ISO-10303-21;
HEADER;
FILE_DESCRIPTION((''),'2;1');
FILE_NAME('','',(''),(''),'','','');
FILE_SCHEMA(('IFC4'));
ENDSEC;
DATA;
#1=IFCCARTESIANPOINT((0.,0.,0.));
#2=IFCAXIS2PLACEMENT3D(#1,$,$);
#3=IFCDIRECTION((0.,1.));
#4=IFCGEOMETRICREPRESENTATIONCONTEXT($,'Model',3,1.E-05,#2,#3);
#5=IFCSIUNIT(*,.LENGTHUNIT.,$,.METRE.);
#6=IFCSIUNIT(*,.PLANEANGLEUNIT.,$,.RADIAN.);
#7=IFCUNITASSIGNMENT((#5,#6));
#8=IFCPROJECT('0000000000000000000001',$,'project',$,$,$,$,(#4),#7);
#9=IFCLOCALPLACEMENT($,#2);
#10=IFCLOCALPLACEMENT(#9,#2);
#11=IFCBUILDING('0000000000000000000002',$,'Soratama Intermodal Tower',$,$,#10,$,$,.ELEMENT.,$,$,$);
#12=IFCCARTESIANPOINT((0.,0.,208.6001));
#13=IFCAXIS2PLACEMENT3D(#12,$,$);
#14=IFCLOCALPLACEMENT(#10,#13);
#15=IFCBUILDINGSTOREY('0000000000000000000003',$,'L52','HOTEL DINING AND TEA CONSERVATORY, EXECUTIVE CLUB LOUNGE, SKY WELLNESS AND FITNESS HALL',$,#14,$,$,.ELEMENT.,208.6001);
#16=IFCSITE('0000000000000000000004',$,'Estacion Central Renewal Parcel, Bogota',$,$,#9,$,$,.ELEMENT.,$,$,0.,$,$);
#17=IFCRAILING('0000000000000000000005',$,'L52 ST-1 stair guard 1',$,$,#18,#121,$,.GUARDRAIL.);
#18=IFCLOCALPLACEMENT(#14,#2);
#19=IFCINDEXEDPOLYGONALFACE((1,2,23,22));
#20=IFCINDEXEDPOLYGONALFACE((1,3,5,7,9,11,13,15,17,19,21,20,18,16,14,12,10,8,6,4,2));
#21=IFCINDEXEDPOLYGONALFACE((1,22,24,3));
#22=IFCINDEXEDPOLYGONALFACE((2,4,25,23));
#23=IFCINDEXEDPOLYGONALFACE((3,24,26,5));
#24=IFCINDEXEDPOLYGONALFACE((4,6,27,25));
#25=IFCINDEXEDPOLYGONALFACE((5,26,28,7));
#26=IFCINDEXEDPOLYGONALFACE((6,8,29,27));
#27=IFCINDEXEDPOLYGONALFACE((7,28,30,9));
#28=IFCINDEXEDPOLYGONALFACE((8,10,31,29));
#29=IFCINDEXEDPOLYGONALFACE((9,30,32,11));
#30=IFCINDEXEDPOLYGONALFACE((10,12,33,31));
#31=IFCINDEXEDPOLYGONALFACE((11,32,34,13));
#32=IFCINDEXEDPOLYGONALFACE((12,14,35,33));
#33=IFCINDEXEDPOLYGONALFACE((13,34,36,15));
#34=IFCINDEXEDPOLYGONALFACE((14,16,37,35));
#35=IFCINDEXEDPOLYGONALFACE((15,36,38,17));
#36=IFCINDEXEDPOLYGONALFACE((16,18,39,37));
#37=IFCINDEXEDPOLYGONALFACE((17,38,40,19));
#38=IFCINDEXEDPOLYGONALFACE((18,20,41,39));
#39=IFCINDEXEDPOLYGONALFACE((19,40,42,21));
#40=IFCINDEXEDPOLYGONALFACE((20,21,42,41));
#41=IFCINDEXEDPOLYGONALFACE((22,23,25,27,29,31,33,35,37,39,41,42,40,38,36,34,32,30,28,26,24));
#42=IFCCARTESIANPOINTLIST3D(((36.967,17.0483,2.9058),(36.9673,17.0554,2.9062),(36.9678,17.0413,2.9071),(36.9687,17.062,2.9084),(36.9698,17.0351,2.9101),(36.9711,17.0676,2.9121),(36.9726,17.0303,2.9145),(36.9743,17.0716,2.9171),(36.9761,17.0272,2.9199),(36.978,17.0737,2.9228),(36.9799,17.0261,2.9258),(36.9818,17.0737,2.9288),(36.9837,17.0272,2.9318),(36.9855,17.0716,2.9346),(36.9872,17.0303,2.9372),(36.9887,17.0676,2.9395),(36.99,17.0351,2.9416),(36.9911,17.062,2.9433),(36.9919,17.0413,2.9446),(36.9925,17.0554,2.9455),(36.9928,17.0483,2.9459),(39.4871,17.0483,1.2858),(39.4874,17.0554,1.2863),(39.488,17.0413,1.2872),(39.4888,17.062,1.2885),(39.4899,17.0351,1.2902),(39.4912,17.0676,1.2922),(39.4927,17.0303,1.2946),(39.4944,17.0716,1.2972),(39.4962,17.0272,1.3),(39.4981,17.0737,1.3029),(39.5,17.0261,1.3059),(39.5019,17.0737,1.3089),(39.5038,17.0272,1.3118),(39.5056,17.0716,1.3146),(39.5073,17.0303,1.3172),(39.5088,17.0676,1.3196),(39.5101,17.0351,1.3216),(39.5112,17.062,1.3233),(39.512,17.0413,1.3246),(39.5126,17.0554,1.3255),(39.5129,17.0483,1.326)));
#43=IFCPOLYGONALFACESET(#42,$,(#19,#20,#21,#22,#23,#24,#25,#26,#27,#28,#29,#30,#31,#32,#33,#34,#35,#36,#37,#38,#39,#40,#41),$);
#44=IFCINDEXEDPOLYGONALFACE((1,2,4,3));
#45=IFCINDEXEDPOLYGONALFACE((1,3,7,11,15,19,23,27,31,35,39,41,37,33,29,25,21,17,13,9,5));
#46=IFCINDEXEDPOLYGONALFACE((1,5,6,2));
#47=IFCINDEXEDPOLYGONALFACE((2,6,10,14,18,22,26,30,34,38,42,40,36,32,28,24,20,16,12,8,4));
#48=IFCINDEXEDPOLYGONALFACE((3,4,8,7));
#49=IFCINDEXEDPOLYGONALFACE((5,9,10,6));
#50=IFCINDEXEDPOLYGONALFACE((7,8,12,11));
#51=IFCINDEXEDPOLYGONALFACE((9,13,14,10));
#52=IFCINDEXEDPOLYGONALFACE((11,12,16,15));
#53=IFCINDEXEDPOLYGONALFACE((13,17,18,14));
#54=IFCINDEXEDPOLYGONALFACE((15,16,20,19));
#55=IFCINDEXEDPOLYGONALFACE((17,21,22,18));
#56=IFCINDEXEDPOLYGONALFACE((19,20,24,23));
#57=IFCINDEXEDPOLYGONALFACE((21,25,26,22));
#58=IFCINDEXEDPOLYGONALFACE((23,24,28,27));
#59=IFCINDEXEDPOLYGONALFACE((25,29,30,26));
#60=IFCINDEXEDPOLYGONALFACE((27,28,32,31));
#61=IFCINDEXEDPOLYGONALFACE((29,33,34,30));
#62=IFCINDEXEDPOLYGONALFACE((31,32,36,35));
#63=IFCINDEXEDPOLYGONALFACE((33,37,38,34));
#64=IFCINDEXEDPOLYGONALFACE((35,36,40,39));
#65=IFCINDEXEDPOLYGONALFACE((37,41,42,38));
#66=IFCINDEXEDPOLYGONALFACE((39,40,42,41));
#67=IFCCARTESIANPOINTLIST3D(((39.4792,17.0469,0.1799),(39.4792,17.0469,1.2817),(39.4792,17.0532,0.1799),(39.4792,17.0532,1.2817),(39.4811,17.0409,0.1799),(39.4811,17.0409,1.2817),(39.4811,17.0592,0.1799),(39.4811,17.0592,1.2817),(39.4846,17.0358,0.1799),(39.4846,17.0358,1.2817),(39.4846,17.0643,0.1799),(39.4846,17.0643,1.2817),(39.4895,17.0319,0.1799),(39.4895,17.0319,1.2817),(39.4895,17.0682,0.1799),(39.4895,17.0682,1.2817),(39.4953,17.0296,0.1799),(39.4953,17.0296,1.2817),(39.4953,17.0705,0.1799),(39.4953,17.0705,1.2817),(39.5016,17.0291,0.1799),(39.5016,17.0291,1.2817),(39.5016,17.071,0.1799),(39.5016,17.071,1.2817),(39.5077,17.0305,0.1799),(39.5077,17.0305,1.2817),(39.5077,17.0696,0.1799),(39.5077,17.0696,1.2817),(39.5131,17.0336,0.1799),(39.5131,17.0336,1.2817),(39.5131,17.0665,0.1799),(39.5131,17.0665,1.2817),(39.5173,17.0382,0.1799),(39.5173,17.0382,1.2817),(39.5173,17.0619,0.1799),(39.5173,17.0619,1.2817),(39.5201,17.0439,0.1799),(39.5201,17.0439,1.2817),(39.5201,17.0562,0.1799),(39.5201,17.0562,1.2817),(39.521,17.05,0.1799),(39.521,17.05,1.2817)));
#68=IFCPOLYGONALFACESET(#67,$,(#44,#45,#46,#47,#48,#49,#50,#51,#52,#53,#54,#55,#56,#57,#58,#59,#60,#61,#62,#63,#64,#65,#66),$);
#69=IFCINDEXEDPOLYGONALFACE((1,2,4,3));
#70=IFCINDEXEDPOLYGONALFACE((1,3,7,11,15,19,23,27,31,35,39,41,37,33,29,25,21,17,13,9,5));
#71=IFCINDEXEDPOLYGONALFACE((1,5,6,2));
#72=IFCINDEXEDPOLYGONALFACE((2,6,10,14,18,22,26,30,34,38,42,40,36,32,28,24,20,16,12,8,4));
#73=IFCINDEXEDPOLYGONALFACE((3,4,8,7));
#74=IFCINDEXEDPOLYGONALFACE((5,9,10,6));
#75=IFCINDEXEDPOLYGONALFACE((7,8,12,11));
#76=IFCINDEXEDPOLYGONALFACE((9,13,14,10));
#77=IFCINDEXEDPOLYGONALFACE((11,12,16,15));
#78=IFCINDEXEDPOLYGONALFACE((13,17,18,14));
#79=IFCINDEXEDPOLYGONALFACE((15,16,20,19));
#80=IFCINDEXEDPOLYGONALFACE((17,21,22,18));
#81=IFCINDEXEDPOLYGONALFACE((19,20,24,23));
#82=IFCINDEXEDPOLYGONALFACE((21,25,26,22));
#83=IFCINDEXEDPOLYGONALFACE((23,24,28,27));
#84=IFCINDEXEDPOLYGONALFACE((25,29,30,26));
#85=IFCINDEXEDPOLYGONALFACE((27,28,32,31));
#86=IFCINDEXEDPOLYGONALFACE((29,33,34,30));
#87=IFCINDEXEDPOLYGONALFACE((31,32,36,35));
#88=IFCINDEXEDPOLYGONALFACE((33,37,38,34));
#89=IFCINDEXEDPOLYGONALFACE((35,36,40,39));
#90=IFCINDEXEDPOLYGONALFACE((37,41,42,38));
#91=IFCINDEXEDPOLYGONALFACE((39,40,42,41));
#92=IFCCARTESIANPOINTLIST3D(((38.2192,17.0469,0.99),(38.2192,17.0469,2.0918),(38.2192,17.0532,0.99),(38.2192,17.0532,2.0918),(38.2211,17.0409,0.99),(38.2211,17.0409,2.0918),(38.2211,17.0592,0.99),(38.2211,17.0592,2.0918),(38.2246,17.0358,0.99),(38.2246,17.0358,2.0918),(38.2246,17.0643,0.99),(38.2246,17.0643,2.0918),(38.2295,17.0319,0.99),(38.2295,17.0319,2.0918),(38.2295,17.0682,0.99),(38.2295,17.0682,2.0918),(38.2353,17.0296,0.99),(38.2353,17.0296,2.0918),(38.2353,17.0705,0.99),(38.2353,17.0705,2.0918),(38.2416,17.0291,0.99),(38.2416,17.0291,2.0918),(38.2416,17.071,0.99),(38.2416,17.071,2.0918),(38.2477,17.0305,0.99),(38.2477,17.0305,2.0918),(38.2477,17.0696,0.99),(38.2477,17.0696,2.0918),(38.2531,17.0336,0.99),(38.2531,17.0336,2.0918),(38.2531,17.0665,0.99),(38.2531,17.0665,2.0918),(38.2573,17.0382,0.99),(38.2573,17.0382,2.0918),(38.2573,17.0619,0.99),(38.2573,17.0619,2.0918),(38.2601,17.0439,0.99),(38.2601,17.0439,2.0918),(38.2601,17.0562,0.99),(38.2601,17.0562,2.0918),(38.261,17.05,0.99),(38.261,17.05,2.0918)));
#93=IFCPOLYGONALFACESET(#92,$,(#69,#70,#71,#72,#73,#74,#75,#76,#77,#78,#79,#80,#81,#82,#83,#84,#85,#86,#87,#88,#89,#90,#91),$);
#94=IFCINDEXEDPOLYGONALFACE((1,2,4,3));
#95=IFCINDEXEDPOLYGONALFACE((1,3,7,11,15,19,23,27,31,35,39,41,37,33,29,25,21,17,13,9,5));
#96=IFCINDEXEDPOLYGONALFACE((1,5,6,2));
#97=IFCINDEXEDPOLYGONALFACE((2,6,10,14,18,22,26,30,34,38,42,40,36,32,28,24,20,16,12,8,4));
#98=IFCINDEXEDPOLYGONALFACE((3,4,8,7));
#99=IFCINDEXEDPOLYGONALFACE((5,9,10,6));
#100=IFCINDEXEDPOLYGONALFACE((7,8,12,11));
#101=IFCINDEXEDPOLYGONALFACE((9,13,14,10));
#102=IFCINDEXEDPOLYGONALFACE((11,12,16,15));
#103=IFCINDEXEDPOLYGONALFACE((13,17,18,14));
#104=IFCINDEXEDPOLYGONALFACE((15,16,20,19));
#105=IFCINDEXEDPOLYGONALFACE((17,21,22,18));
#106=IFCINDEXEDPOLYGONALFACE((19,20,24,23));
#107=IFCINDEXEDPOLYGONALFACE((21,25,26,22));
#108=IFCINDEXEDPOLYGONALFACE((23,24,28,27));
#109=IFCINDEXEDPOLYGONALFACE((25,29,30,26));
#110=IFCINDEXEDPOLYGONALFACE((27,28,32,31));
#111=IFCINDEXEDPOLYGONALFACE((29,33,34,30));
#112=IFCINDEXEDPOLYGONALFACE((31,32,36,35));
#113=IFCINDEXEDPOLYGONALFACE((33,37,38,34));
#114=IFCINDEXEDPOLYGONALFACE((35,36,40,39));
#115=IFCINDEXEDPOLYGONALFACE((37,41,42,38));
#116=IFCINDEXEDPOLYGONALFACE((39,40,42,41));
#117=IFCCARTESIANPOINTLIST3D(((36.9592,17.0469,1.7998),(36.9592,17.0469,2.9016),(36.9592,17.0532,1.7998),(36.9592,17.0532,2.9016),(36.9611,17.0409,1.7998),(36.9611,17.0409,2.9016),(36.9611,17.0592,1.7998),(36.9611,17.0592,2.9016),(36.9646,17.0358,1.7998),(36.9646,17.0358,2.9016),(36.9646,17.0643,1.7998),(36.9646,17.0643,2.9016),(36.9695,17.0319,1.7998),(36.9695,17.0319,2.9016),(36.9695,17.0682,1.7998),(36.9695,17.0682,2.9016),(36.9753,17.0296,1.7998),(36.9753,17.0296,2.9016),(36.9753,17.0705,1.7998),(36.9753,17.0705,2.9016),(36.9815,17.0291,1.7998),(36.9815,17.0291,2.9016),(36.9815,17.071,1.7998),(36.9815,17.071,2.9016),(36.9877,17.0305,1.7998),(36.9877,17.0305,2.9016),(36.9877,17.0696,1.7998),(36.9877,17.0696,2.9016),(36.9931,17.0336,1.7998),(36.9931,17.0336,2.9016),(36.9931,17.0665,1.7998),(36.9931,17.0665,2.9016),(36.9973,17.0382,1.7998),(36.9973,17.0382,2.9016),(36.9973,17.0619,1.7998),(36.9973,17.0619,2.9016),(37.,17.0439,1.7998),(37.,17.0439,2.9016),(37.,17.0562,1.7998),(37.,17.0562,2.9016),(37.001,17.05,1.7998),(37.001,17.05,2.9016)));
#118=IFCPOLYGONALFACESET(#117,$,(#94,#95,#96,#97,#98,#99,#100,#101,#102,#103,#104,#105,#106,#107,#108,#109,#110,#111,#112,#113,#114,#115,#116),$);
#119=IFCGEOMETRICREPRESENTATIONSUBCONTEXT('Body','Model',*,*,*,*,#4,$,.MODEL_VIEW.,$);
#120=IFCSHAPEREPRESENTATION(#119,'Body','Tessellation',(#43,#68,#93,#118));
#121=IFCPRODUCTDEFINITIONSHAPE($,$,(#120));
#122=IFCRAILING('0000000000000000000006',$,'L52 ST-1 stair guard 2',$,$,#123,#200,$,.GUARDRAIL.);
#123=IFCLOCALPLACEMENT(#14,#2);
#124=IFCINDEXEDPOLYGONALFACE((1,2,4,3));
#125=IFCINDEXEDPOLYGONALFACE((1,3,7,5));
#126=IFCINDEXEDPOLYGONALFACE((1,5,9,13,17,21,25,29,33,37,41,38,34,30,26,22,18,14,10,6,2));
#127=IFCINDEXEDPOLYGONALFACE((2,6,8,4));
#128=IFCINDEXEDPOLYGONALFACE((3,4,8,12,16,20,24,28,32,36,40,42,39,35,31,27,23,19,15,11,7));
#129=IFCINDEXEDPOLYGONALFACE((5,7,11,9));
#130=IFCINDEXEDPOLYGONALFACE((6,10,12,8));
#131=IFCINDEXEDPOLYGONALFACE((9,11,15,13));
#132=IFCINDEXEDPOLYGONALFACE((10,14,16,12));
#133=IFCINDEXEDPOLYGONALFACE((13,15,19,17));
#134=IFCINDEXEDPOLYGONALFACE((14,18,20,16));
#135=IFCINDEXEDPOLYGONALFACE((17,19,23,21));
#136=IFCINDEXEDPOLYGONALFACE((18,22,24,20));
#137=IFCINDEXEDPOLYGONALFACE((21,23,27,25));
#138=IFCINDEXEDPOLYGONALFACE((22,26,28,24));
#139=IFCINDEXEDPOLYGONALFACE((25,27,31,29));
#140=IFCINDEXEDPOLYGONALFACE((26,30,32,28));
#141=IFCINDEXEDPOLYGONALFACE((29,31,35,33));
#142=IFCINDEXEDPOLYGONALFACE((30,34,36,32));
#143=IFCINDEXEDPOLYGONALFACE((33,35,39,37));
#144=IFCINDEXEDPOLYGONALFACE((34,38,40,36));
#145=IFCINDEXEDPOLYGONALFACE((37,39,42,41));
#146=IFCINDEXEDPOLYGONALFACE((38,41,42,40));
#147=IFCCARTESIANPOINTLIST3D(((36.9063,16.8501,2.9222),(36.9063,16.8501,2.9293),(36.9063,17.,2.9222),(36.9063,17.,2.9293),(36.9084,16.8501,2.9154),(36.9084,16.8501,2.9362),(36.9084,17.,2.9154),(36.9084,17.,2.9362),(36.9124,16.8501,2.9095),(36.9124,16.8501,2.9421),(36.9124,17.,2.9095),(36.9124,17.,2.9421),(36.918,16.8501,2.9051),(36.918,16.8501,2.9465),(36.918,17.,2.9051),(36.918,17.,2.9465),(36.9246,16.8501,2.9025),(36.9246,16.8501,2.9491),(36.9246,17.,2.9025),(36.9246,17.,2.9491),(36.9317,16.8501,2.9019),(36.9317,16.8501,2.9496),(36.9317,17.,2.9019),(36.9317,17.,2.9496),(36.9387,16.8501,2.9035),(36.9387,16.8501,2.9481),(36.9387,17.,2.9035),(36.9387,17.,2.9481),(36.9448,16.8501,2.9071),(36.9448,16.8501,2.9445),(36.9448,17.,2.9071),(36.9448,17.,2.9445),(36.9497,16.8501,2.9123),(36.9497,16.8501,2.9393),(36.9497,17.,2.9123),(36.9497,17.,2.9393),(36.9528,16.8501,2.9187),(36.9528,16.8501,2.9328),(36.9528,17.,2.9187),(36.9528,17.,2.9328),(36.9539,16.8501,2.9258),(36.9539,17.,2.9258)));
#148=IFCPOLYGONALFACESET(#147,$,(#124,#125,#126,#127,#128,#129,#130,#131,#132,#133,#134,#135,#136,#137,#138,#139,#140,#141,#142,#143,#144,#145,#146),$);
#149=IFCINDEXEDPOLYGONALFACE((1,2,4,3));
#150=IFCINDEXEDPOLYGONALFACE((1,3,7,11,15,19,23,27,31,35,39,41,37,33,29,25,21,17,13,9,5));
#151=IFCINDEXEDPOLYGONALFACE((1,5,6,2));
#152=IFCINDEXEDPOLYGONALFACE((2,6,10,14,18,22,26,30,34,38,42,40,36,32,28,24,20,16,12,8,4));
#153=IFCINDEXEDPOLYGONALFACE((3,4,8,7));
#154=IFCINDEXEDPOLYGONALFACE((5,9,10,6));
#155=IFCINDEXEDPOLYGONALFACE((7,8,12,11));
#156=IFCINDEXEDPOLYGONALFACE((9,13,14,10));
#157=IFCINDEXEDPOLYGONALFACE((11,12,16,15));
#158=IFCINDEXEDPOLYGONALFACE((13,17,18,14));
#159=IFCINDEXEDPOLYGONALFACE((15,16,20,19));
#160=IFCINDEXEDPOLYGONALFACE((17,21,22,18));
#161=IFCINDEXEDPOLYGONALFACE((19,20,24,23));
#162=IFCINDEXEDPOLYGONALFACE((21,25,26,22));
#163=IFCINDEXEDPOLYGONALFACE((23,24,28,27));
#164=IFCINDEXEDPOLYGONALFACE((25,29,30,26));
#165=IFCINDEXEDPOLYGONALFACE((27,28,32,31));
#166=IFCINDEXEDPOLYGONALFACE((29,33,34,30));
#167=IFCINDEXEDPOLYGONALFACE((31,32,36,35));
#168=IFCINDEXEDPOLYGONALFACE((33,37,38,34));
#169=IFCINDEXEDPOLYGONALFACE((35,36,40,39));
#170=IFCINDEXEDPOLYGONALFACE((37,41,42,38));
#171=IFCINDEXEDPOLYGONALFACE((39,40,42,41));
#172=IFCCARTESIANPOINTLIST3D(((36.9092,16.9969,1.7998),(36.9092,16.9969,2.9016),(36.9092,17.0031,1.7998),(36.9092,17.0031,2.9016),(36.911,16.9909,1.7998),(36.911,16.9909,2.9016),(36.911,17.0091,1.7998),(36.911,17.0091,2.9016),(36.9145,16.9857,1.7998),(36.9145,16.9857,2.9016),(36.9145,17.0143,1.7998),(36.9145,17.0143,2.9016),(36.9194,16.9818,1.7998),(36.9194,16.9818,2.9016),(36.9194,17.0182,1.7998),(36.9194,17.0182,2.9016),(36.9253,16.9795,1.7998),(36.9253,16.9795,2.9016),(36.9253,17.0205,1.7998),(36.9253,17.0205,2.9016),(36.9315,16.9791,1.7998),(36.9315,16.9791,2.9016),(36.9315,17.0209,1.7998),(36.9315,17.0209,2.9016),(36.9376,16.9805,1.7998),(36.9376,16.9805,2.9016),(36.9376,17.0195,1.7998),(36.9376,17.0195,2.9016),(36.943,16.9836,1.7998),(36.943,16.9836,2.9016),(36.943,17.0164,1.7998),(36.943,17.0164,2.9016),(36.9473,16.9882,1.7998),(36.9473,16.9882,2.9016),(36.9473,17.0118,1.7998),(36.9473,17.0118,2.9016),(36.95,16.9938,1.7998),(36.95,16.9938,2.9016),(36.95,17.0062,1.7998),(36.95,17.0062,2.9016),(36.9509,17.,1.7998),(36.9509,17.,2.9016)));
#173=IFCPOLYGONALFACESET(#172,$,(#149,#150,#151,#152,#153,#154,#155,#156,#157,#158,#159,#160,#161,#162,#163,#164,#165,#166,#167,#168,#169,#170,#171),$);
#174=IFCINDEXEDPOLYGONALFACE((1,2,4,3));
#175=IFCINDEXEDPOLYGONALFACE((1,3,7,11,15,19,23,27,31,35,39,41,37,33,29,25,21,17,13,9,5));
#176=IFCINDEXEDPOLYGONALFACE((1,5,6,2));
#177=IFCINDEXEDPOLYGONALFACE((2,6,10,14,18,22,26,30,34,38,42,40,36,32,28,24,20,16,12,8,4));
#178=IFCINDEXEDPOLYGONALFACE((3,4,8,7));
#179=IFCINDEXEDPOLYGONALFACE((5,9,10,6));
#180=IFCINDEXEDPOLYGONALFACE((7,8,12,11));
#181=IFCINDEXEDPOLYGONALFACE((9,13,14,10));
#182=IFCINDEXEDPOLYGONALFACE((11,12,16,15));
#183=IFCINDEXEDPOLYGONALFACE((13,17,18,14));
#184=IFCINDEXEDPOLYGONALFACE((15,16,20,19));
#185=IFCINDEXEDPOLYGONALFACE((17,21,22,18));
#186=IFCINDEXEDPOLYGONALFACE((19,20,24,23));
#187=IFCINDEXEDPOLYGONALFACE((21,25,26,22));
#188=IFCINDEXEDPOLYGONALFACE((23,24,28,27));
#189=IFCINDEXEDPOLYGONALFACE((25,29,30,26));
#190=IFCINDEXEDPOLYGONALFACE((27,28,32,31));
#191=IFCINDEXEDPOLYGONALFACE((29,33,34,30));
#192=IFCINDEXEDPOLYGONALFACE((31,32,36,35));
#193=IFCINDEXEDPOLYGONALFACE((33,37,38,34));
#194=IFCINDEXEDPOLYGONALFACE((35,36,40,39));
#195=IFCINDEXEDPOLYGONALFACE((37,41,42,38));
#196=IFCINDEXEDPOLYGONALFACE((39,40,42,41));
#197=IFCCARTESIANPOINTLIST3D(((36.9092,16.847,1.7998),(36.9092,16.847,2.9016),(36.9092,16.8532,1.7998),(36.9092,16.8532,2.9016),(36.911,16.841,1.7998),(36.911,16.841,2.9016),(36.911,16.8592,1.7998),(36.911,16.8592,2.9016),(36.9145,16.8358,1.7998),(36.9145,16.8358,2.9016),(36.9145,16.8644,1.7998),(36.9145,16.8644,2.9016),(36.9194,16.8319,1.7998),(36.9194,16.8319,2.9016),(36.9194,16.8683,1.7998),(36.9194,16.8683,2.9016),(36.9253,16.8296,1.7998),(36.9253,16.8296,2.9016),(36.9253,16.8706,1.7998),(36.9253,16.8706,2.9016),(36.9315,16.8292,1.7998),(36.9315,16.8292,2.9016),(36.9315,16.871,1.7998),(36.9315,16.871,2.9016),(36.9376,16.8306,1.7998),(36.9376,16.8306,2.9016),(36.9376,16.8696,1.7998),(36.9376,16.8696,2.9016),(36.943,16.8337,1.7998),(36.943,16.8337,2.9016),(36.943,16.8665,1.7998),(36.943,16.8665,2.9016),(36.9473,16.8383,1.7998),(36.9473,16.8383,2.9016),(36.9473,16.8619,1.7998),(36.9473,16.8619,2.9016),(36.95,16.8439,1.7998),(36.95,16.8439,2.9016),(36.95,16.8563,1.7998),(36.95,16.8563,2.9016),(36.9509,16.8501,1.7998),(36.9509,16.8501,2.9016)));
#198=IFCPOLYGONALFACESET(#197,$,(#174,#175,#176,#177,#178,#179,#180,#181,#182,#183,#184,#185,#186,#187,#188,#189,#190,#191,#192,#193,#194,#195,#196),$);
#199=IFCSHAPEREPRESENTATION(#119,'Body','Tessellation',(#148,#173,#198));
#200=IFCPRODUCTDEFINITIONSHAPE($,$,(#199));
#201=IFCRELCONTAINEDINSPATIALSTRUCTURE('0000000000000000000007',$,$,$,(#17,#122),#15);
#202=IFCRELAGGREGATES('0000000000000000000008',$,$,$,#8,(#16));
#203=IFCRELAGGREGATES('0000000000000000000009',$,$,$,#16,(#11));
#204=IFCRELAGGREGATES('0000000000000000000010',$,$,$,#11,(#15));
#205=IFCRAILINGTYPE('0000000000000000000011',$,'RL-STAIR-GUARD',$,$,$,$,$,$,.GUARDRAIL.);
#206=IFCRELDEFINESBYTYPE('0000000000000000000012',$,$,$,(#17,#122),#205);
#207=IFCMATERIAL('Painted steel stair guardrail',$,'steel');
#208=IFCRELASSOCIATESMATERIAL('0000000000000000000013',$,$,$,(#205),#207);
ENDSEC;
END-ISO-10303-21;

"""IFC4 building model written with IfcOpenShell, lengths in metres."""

from ifc_helpers import new_model, si_unit, direction, frame, origin, origin_2d, place, context, subcontext, project, spatial, circle, extrude, material, type_object, element, save


model = new_model("IFC4")

# Units and contexts
model_context = context("Model", 3, precision=1e-05, world=origin(), true_north=direction((0.0, 1.0)))
body_context = subcontext(model_context, "Body", "Model", "MODEL_VIEW")
ifc_project = project(units=[si_unit("LENGTHUNIT", "METRE"), si_unit("PLANEANGLEUNIT", "RADIAN")], contexts=[model_context])

# Site, building, storey
site_placement = place(None, origin())
site = spatial("IfcSite", under=ifc_project, at=site_placement, Name="Estacion Central Renewal Parcel, Bogota", CompositionType="ELEMENT", RefElevation=0.0)
building_placement = place(site_placement, origin())
building = spatial("IfcBuilding", under=site, at=building_placement, Name="Soratama Intermodal Tower", CompositionType="ELEMENT")
storey_placement = place(building_placement, frame((0.0, 0.0, 208.6001)))
storey = spatial("IfcBuildingStorey", under=building, at=storey_placement, Name="L52", Description="HOTEL DINING AND TEA CONSERVATORY, EXECUTIVE CLUB LOUNGE, SKY WELLNESS AND FITNESS HALL", CompositionType="ELEMENT", Elevation=208.6001)

# Railings
ifc_material_1 = material(Name="Painted steel stair guardrail", Category="steel")
railing_type_1 = type_object("IfcRailingType", Name="RL-STAIR-GUARD", PredefinedType="GUARDRAIL", material=ifc_material_1)
railing_1_placement = place(storey_placement, frame((39.5, 17.05, 0.1799)))
element("IfcRailing", 1, at=railing_1_placement, inside=storey, type_object=railing_type_1, Name="L52 ST-1 stair guard 1", PredefinedType="GUARDRAIL", context=body_context, shape_type="SweptSolid", body=[
    extrude(circle(Radius=0.0239, at=origin_2d()), frame((0.0, 0.0, 1.126), z_axis=(-0.8412, 0.0, 0.540725), x_axis=(0.0, -1.0, 0.0)), (0.0, 0.0, 1.0), 2.9958),
    extrude(circle(Radius=0.021, at=origin_2d()), origin(), (0.0, 0.0, 1.0), 1.1018),
    extrude(circle(Radius=0.021, at=origin_2d()), frame((-1.26, 0.0, 0.8101)), (0.0, 0.0, 1.0), 1.1018),
    extrude(circle(Radius=0.021, at=origin_2d()), frame((-2.52, 0.0, 1.6199)), (0.0, 0.0, 1.0), 1.1018),
])
railing_2_placement = place(storey_placement, frame((36.9299, 17.0, 1.7998)))
element("IfcRailing", 2, at=railing_2_placement, inside=storey, type_object=railing_type_1, Name="L52 ST-1 stair guard 2", PredefinedType="GUARDRAIL", context=body_context, shape_type="SweptSolid", body=[
    extrude(circle(Radius=0.0239, at=origin_2d()), frame((0.0, 0.0, 1.126), z_axis=(0.0, -1.0, 0.0), x_axis=(1.0, 0.0, 0.0)), (0.0, 0.0, 1.0), 0.1499),
    extrude(circle(Radius=0.021, at=origin_2d()), origin(), (0.0, 0.0, 1.0), 1.1018),
    extrude(circle(Radius=0.021, at=origin_2d()), frame((0.0, -0.1499, 0.0)), (0.0, 0.0, 1.0), 1.1018),
])

save(model, "model.ifc")
